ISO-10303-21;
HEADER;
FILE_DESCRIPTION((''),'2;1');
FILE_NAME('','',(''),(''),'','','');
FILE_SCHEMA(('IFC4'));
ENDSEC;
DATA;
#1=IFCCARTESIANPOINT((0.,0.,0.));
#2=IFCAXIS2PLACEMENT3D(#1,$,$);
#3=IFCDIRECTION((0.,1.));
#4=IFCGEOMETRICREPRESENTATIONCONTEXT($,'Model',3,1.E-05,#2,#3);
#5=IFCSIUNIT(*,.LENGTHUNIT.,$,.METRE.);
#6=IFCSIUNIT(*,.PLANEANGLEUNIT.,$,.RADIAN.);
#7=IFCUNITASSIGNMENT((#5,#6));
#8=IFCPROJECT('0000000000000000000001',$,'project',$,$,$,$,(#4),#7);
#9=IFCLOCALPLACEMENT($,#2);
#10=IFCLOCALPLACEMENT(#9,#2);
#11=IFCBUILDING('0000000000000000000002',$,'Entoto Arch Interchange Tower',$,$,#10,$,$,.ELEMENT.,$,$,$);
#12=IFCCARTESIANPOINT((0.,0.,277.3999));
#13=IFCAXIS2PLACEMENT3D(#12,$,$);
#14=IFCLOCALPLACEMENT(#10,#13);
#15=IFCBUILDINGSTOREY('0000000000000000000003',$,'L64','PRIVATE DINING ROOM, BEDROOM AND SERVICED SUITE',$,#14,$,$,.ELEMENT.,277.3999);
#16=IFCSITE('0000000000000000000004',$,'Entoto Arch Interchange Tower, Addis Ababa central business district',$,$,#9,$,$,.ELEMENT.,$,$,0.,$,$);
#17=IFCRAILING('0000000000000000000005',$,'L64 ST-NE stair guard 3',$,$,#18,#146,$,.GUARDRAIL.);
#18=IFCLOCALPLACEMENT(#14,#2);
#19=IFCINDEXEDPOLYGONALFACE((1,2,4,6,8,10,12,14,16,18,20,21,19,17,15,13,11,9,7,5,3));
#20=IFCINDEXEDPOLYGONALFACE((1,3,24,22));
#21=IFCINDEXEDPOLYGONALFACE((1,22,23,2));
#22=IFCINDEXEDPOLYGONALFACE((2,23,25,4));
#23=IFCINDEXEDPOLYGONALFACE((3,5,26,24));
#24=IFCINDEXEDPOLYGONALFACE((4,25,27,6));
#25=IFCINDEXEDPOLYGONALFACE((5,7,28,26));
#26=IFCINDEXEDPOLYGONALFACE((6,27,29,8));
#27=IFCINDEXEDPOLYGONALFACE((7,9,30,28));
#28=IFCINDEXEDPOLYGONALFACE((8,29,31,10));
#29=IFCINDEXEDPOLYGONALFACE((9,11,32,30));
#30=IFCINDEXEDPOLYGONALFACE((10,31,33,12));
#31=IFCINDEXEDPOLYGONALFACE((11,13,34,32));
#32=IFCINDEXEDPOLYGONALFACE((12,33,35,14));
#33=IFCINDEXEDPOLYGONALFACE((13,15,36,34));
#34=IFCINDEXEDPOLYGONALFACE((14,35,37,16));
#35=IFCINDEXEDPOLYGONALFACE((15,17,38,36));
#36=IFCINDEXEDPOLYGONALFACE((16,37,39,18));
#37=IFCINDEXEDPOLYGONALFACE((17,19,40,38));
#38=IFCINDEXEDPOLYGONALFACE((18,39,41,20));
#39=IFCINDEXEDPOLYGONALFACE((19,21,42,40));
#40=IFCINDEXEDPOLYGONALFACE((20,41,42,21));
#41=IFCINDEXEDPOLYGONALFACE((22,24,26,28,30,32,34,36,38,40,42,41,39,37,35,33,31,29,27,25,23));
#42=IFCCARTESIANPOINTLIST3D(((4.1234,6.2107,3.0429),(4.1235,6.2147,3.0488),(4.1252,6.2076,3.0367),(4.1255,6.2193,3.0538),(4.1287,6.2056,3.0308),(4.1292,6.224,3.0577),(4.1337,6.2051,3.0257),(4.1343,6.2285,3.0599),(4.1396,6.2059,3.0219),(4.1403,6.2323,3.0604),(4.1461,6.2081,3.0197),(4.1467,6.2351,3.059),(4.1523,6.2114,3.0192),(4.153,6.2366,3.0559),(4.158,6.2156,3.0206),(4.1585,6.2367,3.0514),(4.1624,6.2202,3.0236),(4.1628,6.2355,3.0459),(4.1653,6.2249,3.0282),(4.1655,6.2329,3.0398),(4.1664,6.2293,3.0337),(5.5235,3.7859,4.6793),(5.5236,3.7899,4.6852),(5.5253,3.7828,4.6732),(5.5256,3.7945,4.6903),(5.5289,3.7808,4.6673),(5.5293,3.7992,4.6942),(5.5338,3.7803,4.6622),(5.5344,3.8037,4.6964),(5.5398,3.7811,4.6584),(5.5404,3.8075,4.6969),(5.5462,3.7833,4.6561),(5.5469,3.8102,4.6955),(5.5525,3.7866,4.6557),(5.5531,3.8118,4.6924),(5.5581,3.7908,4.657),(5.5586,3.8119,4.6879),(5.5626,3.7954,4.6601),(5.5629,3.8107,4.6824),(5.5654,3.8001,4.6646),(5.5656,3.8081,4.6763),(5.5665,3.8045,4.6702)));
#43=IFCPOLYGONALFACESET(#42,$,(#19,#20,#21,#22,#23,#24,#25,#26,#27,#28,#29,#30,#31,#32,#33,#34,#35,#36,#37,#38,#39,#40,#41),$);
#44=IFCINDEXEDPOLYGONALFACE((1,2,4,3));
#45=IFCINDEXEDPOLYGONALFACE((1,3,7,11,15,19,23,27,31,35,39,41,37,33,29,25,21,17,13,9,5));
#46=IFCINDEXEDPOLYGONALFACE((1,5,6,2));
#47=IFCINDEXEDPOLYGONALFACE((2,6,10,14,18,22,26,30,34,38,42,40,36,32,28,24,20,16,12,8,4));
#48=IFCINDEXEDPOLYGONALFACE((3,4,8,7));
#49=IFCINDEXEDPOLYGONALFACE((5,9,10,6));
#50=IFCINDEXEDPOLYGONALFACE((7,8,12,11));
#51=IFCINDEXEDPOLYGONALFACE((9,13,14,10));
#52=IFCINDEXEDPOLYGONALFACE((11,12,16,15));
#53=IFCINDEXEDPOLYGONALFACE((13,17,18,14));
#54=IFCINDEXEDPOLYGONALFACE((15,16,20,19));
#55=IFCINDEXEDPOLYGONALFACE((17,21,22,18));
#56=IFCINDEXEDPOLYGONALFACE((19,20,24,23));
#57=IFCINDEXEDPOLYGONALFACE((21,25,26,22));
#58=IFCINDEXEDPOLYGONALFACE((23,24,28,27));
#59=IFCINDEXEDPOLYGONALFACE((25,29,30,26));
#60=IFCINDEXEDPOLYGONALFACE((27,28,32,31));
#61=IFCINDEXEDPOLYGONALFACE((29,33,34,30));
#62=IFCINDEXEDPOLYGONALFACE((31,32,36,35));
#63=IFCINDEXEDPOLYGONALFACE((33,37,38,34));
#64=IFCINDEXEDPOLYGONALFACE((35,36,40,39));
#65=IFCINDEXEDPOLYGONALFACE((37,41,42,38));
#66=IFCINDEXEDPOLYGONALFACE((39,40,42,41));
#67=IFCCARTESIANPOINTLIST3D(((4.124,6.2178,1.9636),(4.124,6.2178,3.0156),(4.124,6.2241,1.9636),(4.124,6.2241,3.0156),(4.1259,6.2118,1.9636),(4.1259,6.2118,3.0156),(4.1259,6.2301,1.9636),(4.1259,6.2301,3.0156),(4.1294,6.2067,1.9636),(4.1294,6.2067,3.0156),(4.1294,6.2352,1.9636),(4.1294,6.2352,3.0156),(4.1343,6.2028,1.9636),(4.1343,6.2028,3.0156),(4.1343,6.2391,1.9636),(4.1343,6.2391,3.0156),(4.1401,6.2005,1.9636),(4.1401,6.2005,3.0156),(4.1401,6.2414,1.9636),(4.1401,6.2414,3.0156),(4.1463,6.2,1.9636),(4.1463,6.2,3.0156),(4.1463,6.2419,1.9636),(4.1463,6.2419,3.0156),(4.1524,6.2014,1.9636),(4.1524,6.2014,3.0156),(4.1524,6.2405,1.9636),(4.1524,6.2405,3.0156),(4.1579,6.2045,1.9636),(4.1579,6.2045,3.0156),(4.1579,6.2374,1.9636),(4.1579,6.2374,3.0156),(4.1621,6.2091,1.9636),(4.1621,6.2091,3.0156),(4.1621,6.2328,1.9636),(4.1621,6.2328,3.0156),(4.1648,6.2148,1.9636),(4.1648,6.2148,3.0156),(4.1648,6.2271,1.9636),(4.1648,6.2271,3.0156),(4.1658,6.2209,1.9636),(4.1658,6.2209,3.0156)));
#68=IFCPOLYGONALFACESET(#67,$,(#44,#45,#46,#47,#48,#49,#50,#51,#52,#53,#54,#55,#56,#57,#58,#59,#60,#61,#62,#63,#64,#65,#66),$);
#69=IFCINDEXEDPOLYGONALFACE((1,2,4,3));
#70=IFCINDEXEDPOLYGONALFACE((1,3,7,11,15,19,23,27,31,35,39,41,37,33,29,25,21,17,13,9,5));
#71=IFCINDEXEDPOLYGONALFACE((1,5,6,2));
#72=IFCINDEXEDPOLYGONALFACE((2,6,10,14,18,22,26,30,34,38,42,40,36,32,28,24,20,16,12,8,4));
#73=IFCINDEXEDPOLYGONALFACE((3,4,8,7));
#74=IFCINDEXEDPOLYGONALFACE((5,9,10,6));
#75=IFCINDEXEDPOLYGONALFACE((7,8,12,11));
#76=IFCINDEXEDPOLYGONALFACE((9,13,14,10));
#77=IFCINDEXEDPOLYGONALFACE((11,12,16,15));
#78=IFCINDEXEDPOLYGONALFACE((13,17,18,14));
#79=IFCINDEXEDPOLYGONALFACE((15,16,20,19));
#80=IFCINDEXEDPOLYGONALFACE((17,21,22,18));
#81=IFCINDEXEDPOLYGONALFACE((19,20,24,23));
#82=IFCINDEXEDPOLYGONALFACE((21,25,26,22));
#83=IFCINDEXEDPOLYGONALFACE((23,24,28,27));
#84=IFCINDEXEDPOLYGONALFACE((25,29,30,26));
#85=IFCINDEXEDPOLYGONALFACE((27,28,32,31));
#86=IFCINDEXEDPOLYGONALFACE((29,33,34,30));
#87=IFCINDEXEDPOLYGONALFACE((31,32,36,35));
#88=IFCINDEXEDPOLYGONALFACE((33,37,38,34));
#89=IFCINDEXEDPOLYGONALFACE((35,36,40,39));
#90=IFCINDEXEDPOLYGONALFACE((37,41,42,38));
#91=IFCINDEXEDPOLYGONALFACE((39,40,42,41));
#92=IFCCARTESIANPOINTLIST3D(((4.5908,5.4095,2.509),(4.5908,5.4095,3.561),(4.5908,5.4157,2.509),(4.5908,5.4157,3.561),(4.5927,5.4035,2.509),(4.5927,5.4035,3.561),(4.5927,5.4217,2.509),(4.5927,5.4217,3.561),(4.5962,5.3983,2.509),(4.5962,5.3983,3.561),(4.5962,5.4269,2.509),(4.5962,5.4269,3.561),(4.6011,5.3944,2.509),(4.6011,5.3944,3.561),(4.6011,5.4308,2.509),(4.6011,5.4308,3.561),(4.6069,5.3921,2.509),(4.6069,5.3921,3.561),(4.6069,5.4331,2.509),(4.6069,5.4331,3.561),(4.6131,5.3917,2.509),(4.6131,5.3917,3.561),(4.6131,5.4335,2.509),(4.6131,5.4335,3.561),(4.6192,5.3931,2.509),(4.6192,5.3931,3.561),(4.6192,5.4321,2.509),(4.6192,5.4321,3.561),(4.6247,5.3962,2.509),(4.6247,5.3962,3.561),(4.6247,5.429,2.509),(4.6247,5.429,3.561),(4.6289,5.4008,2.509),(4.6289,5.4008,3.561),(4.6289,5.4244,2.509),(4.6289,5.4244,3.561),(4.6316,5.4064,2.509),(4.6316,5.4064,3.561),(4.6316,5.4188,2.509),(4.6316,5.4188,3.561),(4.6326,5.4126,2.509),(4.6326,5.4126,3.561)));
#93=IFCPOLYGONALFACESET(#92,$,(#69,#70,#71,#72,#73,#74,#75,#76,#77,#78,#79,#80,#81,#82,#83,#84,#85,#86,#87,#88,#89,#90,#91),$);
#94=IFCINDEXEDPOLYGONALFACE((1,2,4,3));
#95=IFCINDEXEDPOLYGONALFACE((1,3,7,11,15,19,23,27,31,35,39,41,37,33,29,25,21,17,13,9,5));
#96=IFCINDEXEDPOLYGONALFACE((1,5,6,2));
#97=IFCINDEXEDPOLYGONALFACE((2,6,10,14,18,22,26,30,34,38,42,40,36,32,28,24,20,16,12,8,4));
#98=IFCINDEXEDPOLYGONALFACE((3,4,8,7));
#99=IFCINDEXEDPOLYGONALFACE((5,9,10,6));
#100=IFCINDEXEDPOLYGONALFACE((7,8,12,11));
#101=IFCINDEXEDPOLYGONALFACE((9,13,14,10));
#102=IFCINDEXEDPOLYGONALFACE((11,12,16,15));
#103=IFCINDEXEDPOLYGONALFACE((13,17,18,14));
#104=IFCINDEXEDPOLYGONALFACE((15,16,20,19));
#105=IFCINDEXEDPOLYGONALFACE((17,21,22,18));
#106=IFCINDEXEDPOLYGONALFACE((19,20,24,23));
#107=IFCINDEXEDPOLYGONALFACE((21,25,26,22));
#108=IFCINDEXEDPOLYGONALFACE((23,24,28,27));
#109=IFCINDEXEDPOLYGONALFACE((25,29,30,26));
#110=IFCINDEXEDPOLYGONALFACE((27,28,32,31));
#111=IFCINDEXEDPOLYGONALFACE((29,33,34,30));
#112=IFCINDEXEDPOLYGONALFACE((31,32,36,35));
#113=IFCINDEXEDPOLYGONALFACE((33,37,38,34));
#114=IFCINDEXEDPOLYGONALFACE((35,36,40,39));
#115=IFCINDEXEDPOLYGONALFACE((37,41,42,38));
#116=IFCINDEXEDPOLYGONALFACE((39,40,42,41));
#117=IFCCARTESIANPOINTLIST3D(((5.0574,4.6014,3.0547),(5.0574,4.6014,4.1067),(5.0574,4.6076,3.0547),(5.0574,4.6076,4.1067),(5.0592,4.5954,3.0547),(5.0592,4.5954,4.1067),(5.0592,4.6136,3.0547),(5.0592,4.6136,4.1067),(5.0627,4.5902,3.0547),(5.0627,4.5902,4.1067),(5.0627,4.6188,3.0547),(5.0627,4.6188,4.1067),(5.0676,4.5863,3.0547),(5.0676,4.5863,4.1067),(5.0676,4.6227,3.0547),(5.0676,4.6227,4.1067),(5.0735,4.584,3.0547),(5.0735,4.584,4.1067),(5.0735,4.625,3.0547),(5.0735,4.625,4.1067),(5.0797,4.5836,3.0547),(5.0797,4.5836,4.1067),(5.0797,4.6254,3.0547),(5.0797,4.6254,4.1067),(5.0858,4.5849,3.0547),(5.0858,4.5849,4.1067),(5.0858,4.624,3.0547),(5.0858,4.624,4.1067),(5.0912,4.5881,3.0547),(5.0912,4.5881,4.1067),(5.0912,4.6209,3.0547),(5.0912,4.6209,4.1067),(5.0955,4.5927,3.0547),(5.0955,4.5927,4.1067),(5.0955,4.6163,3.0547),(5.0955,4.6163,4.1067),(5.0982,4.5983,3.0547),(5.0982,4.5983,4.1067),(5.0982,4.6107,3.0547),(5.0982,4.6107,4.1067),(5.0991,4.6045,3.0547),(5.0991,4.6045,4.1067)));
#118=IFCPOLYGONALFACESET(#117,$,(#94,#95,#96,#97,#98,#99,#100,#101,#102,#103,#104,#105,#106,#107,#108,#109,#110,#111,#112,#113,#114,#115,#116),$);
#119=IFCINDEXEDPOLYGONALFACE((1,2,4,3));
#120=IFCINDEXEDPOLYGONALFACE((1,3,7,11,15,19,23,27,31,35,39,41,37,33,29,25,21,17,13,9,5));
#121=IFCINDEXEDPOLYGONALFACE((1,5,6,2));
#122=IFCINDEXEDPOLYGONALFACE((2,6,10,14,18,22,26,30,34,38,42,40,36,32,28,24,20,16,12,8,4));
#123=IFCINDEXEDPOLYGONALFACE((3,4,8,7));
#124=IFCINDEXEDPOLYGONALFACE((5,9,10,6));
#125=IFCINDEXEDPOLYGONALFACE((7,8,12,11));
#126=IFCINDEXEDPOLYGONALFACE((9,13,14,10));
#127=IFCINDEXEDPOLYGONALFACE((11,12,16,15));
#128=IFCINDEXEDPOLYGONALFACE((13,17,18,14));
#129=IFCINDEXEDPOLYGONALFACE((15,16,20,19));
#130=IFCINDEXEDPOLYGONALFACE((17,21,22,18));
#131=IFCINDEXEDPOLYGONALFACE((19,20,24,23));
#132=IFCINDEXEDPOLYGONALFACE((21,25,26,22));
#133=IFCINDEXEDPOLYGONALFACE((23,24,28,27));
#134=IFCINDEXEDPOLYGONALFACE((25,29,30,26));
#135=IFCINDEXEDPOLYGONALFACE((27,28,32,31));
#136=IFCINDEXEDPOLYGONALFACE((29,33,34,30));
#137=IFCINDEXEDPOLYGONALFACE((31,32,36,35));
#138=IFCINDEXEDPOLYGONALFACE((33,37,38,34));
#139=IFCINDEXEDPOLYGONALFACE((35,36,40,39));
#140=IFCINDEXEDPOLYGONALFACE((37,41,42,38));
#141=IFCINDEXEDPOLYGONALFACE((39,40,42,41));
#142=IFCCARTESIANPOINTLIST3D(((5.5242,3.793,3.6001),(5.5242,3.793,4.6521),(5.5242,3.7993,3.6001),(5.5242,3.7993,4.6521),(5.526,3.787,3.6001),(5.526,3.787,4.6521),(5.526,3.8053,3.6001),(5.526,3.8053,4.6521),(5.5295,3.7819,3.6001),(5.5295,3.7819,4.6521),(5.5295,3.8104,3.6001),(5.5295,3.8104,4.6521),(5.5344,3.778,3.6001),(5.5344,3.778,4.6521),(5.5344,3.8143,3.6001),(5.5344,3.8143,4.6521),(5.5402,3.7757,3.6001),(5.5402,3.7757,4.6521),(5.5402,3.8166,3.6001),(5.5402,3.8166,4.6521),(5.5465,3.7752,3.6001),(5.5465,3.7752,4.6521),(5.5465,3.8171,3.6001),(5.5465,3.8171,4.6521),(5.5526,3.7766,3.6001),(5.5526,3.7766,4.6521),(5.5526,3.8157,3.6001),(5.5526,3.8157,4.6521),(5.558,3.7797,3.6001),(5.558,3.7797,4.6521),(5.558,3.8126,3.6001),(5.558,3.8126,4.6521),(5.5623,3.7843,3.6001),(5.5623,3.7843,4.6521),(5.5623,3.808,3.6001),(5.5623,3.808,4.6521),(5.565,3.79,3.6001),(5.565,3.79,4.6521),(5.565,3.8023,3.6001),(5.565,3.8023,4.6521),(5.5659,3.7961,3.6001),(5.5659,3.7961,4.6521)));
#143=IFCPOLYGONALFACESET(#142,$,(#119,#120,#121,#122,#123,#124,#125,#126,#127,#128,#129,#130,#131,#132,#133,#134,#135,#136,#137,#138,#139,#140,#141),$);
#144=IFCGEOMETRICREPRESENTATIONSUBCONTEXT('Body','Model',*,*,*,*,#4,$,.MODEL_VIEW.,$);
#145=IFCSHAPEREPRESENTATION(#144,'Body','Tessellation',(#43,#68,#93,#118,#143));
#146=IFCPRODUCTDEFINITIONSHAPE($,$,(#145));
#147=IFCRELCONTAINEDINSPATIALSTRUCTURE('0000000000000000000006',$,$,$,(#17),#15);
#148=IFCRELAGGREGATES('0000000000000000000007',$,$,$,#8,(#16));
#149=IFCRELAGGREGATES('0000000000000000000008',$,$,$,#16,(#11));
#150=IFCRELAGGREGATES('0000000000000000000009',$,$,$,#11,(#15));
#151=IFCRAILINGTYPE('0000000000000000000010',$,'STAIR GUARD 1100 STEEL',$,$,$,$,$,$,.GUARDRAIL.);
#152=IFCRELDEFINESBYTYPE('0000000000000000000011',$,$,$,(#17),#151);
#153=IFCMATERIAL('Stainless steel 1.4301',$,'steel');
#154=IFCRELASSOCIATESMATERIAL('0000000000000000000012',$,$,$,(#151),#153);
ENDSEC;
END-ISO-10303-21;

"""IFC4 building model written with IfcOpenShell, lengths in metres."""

from ifc_helpers import new_model, si_unit, direction, frame, origin, origin_2d, place, context, subcontext, project, spatial, circle, extrude, material, type_object, element, save


model = new_model("IFC4")

# Units and contexts
model_context = context("Model", 3, precision=1e-05, world=origin(), true_north=direction((0.0, 1.0)))
body_context = subcontext(model_context, "Body", "Model", "MODEL_VIEW")
ifc_project = project(units=[si_unit("LENGTHUNIT", "METRE"), si_unit("PLANEANGLEUNIT", "RADIAN")], contexts=[model_context])

# Site, building, storey
site_placement = place(None, origin())
site = spatial("IfcSite", under=ifc_project, at=site_placement, Name="Entoto Arch Interchange Tower, Addis Ababa central business district", CompositionType="ELEMENT", RefElevation=0.0)
building_placement = place(site_placement, origin())
building = spatial("IfcBuilding", under=site, at=building_placement, Name="Entoto Arch Interchange Tower", CompositionType="ELEMENT")
storey_placement = place(building_placement, frame((0.0, 0.0, 277.3999)))
storey = spatial("IfcBuildingStorey", under=building, at=storey_placement, Name="L64", Description="PRIVATE DINING ROOM, BEDROOM AND SERVICED SUITE", CompositionType="ELEMENT", Elevation=277.3999)

# Railing
ifc_material_1 = material(Name="Stainless steel 1.4301", Category="steel")
railing_type_1 = type_object("IfcRailingType", Name="STAIR GUARD 1100 STEEL", PredefinedType="GUARDRAIL", material=ifc_material_1)
railing_1_placement = place(storey_placement, frame((4.1448, 6.2209, 1.9636)))
element("IfcRailing", 1, at=railing_1_placement, inside=storey, type_object=railing_type_1, Name="L64 ST-NE stair guard 3", PredefinedType="GUARDRAIL", context=body_context, shape_type="SweptSolid", body=[
    extrude(circle(Radius=0.0239, at=origin_2d()), frame((0.0, 0.0, 1.0762), z_axis=(0.431722, -0.747666, 0.504591), x_axis=(0.865997, 0.50005, 0.0)), (0.0, 0.0, 1.0), 3.2432),
    extrude(circle(Radius=0.021, at=origin_2d()), origin(), (0.0, 0.0, 1.0), 1.052),
    extrude(circle(Radius=0.021, at=origin_2d()), frame((0.4668, -0.8083, 0.5454)), (0.0, 0.0, 1.0), 1.052),
    extrude(circle(Radius=0.021, at=origin_2d()), frame((0.9333, -1.6165, 1.0911)), (0.0, 0.0, 1.0), 1.052),
    extrude(circle(Radius=0.021, at=origin_2d()), frame((1.4001, -2.4248, 1.6365)), (0.0, 0.0, 1.0), 1.052),
])

save(model, "model.ifc")
